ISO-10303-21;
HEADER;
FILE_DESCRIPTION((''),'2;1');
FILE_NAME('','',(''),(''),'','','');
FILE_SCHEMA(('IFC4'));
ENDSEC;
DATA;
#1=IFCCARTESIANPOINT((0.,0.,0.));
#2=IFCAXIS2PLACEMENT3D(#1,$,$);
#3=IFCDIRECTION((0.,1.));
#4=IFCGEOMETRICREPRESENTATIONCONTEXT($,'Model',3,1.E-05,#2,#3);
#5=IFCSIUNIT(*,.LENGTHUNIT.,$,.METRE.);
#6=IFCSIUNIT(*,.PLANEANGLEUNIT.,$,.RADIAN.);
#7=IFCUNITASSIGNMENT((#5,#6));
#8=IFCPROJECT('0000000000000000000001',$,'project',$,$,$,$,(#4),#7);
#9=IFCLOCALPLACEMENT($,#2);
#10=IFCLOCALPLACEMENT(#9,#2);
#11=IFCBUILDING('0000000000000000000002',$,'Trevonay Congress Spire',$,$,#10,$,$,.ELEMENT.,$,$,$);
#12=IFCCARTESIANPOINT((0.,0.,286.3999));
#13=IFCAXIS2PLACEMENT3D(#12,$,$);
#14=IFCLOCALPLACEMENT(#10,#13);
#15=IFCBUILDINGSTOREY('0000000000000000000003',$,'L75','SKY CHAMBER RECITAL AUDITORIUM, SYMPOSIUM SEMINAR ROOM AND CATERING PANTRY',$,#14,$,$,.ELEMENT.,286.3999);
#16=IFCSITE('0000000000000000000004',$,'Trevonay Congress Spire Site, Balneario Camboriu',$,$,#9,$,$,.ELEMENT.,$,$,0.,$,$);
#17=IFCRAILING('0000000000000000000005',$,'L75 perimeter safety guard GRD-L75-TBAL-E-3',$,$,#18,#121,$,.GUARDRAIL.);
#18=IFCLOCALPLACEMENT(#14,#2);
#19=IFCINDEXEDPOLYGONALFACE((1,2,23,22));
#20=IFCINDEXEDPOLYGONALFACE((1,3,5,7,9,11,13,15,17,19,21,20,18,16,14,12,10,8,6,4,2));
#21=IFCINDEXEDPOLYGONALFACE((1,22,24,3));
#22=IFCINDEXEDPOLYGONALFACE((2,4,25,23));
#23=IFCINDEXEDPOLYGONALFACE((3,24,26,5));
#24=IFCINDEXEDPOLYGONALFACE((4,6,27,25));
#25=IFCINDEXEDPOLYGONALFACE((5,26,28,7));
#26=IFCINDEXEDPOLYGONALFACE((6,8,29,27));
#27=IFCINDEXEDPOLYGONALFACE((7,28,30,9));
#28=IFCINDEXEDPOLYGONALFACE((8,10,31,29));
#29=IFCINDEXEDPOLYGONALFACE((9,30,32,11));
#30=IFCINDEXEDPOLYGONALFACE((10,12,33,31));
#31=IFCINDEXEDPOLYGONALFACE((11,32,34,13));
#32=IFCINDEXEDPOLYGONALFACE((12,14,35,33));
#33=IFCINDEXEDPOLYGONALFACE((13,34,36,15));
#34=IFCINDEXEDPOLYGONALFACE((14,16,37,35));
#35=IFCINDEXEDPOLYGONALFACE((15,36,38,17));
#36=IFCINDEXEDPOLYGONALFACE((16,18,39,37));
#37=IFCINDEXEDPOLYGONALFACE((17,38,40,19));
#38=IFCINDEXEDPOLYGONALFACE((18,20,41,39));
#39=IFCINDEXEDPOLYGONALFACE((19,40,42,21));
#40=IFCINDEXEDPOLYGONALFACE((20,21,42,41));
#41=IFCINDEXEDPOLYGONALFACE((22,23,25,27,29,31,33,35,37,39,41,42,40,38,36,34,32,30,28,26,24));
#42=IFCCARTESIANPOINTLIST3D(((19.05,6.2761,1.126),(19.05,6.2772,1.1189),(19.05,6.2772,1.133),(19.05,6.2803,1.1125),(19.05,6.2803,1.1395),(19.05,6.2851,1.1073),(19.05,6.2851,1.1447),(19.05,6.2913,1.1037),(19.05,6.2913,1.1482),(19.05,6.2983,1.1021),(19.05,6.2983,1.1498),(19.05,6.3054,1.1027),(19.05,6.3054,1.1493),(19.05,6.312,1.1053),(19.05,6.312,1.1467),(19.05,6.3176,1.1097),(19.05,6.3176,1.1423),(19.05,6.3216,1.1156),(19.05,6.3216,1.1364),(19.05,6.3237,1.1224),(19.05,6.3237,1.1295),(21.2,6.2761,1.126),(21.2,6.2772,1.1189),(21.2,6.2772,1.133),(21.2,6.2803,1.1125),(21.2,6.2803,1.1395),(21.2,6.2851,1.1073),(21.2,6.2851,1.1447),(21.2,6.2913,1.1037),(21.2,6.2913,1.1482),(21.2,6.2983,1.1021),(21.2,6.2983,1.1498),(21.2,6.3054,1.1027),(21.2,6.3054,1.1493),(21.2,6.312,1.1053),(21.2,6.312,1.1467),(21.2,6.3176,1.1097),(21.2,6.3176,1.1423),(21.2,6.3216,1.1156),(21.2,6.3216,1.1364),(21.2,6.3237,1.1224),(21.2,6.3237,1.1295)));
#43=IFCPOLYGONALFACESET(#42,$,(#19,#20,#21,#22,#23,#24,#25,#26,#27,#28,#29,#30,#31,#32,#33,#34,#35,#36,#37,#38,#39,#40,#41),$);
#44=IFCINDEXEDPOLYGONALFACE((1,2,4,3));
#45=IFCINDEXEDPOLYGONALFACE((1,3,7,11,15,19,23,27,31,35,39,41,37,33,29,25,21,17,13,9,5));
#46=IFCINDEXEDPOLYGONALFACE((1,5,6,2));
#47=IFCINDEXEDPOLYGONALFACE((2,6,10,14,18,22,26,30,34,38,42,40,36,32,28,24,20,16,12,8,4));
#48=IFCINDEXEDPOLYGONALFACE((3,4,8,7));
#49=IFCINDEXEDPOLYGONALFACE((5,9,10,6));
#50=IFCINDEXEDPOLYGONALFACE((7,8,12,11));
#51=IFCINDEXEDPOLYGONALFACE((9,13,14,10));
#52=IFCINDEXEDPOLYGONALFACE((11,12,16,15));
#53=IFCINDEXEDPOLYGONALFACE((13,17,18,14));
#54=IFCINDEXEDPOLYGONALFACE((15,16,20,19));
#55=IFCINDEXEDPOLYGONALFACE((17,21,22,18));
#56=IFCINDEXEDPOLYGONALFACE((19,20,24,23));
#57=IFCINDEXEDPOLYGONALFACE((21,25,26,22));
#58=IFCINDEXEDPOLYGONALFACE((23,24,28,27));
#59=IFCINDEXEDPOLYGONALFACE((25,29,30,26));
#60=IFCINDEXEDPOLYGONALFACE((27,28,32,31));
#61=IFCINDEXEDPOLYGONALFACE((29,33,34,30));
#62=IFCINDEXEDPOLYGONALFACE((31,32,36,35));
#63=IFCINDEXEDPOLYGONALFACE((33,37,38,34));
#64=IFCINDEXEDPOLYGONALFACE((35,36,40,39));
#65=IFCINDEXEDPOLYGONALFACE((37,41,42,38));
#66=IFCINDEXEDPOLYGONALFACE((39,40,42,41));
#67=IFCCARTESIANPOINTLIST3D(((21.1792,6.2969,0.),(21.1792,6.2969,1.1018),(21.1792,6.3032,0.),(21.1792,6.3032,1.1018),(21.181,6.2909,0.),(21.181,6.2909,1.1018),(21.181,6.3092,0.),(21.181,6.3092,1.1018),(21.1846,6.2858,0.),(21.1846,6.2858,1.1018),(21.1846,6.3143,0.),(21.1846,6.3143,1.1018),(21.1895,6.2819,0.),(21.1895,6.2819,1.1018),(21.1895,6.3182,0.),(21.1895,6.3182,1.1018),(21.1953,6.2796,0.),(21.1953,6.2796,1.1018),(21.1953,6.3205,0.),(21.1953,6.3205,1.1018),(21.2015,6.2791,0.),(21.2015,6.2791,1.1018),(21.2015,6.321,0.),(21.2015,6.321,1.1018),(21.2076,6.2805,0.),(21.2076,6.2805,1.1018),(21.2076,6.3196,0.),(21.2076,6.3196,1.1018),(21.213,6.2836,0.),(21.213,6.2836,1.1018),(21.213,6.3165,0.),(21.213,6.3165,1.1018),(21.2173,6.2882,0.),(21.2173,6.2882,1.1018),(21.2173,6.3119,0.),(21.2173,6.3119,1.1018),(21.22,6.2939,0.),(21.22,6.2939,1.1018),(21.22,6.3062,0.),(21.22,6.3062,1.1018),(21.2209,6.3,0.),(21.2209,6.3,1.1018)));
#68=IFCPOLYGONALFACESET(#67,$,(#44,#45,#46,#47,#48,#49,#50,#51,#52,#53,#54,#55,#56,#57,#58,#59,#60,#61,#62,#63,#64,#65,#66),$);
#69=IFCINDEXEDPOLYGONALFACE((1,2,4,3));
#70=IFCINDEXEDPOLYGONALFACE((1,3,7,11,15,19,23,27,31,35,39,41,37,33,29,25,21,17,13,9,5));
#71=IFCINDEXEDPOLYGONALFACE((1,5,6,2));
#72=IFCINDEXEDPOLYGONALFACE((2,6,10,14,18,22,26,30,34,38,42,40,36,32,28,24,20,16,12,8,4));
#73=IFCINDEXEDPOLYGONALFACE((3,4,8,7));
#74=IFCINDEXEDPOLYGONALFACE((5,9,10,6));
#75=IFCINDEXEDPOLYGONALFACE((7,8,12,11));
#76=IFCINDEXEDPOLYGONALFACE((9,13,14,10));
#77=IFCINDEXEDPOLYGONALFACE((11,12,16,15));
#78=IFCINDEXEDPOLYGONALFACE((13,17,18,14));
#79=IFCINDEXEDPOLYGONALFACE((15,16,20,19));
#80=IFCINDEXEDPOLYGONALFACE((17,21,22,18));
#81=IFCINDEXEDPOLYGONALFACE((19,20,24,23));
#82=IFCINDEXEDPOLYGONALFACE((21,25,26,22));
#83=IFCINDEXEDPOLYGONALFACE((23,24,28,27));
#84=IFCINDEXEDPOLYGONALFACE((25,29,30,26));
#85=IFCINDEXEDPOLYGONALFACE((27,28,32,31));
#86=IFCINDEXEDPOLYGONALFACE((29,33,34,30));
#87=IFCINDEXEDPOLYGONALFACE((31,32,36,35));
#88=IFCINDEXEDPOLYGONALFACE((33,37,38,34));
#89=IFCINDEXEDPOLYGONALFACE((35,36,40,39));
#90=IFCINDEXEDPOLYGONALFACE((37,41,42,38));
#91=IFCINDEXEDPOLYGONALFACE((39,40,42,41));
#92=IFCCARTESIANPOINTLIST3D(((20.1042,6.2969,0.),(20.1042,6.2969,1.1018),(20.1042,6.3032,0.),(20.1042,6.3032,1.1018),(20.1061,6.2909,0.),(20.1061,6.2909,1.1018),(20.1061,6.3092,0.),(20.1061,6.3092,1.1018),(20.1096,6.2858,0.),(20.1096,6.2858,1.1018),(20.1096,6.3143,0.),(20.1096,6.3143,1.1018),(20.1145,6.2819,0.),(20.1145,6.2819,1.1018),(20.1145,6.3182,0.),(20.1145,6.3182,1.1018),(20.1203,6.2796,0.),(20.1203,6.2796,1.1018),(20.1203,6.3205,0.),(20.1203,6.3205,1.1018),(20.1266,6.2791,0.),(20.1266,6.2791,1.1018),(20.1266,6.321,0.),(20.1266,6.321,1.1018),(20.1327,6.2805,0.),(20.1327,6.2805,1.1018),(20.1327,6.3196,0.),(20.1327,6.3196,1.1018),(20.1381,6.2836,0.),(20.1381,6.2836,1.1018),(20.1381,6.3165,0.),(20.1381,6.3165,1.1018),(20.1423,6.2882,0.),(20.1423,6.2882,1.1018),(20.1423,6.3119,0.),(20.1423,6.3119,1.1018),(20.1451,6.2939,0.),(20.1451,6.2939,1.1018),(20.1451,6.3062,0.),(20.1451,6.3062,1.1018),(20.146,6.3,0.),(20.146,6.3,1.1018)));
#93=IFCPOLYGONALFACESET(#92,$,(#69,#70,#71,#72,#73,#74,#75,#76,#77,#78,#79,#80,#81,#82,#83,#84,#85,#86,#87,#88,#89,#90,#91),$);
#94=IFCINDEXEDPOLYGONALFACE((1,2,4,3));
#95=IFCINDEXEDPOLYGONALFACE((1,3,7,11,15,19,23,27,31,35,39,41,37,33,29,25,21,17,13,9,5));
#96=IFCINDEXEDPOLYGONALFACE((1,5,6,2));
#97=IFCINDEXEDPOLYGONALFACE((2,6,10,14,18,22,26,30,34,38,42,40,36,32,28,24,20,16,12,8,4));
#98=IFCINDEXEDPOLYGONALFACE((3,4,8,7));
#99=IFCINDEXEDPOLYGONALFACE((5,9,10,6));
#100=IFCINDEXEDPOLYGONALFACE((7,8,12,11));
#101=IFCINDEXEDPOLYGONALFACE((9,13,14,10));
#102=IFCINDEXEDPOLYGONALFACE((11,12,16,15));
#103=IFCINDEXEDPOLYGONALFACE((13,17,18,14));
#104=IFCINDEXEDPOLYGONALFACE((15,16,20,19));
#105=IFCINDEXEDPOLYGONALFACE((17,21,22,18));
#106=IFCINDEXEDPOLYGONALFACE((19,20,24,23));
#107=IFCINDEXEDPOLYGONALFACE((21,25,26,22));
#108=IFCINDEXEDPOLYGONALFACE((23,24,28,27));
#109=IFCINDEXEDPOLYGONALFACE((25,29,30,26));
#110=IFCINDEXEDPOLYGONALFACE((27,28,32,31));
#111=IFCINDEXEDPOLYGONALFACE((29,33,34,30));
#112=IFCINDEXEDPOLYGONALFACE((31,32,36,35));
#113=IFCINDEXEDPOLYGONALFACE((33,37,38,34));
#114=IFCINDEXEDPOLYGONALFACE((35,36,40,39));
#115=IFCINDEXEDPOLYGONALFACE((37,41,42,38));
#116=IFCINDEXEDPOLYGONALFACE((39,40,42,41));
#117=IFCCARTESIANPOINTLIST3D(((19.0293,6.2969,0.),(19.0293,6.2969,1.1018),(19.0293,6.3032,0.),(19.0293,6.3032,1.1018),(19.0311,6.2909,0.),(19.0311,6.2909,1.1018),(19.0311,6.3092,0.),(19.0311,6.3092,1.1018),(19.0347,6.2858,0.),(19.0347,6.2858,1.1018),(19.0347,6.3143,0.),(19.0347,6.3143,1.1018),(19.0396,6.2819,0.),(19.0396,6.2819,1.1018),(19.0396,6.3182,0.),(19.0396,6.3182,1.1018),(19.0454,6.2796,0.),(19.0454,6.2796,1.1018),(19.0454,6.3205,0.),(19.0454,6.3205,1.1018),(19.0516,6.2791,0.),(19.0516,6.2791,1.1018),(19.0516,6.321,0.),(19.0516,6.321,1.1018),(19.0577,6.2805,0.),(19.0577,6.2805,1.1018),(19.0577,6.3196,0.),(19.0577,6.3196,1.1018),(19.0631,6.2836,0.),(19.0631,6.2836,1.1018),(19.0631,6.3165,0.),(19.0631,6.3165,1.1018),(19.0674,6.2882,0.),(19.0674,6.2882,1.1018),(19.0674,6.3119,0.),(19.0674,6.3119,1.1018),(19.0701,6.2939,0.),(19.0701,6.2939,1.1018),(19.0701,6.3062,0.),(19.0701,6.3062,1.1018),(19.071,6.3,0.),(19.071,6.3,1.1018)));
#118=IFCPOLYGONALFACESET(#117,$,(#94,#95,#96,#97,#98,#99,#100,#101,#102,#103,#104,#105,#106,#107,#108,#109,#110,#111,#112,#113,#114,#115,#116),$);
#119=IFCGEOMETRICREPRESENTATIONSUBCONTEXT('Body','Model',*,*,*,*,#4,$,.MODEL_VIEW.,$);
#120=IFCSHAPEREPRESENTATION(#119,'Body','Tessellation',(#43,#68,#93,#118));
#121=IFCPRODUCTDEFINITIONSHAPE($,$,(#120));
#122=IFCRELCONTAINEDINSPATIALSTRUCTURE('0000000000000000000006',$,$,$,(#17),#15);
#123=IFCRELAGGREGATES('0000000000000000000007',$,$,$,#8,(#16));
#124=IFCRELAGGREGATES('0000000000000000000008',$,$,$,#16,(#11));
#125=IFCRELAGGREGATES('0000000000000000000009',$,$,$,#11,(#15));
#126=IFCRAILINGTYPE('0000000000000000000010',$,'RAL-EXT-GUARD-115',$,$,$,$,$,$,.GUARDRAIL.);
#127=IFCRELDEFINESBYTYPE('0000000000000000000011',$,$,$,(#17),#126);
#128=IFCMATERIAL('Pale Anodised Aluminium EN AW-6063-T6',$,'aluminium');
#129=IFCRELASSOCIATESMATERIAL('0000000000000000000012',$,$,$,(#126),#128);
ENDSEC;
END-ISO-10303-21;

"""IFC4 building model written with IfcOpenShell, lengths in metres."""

from ifc_helpers import new_model, si_unit, direction, frame, origin, origin_2d, place, context, subcontext, project, spatial, circle, extrude, material, type_object, element, save


model = new_model("IFC4")

# Units and contexts
model_context = context("Model", 3, precision=1e-05, world=origin(), true_north=direction((0.0, 1.0)))
body_context = subcontext(model_context, "Body", "Model", "MODEL_VIEW")
ifc_project = project(units=[si_unit("LENGTHUNIT", "METRE"), si_unit("PLANEANGLEUNIT", "RADIAN")], contexts=[model_context])

# Site, building, storey
site_placement = place(None, origin())
site = spatial("IfcSite", under=ifc_project, at=site_placement, Name="Trevonay Congress Spire Site, Balneario Camboriu", CompositionType="ELEMENT", RefElevation=0.0)
building_placement = place(site_placement, origin())
building = spatial("IfcBuilding", under=site, at=building_placement, Name="Trevonay Congress Spire", CompositionType="ELEMENT")
storey_placement = place(building_placement, frame((0.0, 0.0, 286.3999)))
storey = spatial("IfcBuildingStorey", under=building, at=storey_placement, Name="L75", Description="SKY CHAMBER RECITAL AUDITORIUM, SYMPOSIUM SEMINAR ROOM AND CATERING PANTRY", CompositionType="ELEMENT", Elevation=286.3999)

# Shared definitions
ifc_material_1 = material(Name="Pale Anodised Aluminium EN AW-6063-T6", Category="aluminium")

# Railing
railing_type = type_object("IfcRailingType", Name="RAL-EXT-GUARD-115", PredefinedType="GUARDRAIL", material=ifc_material_1)
railing_1_placement = place(storey_placement, frame((21.2, 6.3, 0.0)))
element("IfcRailing", 1, at=railing_1_placement, inside=storey, type_object=railing_type, Name="L75 perimeter safety guard GRD-L75-TBAL-E-3", PredefinedType="GUARDRAIL", context=body_context, shape_type="SweptSolid", body=[
    extrude(circle(Radius=0.0239, at=origin_2d()), frame((0.0, 0.0, 1.126), z_axis=(-1.0, 0.0, 0.0), x_axis=(0.0, -1.0, 0.0)), (0.0, 0.0, 1.0), 2.1499),
    extrude(circle(Radius=0.021, at=origin_2d()), origin(), (0.0, 0.0, 1.0), 1.1018),
    extrude(circle(Radius=0.021, at=origin_2d()), frame((-1.075, 0.0, 0.0)), (0.0, 0.0, 1.0), 1.1018),
    extrude(circle(Radius=0.021, at=origin_2d()), frame((-2.1499, 0.0, 0.0)), (0.0, 0.0, 1.0), 1.1018),
])

save(model, "model.ifc")
